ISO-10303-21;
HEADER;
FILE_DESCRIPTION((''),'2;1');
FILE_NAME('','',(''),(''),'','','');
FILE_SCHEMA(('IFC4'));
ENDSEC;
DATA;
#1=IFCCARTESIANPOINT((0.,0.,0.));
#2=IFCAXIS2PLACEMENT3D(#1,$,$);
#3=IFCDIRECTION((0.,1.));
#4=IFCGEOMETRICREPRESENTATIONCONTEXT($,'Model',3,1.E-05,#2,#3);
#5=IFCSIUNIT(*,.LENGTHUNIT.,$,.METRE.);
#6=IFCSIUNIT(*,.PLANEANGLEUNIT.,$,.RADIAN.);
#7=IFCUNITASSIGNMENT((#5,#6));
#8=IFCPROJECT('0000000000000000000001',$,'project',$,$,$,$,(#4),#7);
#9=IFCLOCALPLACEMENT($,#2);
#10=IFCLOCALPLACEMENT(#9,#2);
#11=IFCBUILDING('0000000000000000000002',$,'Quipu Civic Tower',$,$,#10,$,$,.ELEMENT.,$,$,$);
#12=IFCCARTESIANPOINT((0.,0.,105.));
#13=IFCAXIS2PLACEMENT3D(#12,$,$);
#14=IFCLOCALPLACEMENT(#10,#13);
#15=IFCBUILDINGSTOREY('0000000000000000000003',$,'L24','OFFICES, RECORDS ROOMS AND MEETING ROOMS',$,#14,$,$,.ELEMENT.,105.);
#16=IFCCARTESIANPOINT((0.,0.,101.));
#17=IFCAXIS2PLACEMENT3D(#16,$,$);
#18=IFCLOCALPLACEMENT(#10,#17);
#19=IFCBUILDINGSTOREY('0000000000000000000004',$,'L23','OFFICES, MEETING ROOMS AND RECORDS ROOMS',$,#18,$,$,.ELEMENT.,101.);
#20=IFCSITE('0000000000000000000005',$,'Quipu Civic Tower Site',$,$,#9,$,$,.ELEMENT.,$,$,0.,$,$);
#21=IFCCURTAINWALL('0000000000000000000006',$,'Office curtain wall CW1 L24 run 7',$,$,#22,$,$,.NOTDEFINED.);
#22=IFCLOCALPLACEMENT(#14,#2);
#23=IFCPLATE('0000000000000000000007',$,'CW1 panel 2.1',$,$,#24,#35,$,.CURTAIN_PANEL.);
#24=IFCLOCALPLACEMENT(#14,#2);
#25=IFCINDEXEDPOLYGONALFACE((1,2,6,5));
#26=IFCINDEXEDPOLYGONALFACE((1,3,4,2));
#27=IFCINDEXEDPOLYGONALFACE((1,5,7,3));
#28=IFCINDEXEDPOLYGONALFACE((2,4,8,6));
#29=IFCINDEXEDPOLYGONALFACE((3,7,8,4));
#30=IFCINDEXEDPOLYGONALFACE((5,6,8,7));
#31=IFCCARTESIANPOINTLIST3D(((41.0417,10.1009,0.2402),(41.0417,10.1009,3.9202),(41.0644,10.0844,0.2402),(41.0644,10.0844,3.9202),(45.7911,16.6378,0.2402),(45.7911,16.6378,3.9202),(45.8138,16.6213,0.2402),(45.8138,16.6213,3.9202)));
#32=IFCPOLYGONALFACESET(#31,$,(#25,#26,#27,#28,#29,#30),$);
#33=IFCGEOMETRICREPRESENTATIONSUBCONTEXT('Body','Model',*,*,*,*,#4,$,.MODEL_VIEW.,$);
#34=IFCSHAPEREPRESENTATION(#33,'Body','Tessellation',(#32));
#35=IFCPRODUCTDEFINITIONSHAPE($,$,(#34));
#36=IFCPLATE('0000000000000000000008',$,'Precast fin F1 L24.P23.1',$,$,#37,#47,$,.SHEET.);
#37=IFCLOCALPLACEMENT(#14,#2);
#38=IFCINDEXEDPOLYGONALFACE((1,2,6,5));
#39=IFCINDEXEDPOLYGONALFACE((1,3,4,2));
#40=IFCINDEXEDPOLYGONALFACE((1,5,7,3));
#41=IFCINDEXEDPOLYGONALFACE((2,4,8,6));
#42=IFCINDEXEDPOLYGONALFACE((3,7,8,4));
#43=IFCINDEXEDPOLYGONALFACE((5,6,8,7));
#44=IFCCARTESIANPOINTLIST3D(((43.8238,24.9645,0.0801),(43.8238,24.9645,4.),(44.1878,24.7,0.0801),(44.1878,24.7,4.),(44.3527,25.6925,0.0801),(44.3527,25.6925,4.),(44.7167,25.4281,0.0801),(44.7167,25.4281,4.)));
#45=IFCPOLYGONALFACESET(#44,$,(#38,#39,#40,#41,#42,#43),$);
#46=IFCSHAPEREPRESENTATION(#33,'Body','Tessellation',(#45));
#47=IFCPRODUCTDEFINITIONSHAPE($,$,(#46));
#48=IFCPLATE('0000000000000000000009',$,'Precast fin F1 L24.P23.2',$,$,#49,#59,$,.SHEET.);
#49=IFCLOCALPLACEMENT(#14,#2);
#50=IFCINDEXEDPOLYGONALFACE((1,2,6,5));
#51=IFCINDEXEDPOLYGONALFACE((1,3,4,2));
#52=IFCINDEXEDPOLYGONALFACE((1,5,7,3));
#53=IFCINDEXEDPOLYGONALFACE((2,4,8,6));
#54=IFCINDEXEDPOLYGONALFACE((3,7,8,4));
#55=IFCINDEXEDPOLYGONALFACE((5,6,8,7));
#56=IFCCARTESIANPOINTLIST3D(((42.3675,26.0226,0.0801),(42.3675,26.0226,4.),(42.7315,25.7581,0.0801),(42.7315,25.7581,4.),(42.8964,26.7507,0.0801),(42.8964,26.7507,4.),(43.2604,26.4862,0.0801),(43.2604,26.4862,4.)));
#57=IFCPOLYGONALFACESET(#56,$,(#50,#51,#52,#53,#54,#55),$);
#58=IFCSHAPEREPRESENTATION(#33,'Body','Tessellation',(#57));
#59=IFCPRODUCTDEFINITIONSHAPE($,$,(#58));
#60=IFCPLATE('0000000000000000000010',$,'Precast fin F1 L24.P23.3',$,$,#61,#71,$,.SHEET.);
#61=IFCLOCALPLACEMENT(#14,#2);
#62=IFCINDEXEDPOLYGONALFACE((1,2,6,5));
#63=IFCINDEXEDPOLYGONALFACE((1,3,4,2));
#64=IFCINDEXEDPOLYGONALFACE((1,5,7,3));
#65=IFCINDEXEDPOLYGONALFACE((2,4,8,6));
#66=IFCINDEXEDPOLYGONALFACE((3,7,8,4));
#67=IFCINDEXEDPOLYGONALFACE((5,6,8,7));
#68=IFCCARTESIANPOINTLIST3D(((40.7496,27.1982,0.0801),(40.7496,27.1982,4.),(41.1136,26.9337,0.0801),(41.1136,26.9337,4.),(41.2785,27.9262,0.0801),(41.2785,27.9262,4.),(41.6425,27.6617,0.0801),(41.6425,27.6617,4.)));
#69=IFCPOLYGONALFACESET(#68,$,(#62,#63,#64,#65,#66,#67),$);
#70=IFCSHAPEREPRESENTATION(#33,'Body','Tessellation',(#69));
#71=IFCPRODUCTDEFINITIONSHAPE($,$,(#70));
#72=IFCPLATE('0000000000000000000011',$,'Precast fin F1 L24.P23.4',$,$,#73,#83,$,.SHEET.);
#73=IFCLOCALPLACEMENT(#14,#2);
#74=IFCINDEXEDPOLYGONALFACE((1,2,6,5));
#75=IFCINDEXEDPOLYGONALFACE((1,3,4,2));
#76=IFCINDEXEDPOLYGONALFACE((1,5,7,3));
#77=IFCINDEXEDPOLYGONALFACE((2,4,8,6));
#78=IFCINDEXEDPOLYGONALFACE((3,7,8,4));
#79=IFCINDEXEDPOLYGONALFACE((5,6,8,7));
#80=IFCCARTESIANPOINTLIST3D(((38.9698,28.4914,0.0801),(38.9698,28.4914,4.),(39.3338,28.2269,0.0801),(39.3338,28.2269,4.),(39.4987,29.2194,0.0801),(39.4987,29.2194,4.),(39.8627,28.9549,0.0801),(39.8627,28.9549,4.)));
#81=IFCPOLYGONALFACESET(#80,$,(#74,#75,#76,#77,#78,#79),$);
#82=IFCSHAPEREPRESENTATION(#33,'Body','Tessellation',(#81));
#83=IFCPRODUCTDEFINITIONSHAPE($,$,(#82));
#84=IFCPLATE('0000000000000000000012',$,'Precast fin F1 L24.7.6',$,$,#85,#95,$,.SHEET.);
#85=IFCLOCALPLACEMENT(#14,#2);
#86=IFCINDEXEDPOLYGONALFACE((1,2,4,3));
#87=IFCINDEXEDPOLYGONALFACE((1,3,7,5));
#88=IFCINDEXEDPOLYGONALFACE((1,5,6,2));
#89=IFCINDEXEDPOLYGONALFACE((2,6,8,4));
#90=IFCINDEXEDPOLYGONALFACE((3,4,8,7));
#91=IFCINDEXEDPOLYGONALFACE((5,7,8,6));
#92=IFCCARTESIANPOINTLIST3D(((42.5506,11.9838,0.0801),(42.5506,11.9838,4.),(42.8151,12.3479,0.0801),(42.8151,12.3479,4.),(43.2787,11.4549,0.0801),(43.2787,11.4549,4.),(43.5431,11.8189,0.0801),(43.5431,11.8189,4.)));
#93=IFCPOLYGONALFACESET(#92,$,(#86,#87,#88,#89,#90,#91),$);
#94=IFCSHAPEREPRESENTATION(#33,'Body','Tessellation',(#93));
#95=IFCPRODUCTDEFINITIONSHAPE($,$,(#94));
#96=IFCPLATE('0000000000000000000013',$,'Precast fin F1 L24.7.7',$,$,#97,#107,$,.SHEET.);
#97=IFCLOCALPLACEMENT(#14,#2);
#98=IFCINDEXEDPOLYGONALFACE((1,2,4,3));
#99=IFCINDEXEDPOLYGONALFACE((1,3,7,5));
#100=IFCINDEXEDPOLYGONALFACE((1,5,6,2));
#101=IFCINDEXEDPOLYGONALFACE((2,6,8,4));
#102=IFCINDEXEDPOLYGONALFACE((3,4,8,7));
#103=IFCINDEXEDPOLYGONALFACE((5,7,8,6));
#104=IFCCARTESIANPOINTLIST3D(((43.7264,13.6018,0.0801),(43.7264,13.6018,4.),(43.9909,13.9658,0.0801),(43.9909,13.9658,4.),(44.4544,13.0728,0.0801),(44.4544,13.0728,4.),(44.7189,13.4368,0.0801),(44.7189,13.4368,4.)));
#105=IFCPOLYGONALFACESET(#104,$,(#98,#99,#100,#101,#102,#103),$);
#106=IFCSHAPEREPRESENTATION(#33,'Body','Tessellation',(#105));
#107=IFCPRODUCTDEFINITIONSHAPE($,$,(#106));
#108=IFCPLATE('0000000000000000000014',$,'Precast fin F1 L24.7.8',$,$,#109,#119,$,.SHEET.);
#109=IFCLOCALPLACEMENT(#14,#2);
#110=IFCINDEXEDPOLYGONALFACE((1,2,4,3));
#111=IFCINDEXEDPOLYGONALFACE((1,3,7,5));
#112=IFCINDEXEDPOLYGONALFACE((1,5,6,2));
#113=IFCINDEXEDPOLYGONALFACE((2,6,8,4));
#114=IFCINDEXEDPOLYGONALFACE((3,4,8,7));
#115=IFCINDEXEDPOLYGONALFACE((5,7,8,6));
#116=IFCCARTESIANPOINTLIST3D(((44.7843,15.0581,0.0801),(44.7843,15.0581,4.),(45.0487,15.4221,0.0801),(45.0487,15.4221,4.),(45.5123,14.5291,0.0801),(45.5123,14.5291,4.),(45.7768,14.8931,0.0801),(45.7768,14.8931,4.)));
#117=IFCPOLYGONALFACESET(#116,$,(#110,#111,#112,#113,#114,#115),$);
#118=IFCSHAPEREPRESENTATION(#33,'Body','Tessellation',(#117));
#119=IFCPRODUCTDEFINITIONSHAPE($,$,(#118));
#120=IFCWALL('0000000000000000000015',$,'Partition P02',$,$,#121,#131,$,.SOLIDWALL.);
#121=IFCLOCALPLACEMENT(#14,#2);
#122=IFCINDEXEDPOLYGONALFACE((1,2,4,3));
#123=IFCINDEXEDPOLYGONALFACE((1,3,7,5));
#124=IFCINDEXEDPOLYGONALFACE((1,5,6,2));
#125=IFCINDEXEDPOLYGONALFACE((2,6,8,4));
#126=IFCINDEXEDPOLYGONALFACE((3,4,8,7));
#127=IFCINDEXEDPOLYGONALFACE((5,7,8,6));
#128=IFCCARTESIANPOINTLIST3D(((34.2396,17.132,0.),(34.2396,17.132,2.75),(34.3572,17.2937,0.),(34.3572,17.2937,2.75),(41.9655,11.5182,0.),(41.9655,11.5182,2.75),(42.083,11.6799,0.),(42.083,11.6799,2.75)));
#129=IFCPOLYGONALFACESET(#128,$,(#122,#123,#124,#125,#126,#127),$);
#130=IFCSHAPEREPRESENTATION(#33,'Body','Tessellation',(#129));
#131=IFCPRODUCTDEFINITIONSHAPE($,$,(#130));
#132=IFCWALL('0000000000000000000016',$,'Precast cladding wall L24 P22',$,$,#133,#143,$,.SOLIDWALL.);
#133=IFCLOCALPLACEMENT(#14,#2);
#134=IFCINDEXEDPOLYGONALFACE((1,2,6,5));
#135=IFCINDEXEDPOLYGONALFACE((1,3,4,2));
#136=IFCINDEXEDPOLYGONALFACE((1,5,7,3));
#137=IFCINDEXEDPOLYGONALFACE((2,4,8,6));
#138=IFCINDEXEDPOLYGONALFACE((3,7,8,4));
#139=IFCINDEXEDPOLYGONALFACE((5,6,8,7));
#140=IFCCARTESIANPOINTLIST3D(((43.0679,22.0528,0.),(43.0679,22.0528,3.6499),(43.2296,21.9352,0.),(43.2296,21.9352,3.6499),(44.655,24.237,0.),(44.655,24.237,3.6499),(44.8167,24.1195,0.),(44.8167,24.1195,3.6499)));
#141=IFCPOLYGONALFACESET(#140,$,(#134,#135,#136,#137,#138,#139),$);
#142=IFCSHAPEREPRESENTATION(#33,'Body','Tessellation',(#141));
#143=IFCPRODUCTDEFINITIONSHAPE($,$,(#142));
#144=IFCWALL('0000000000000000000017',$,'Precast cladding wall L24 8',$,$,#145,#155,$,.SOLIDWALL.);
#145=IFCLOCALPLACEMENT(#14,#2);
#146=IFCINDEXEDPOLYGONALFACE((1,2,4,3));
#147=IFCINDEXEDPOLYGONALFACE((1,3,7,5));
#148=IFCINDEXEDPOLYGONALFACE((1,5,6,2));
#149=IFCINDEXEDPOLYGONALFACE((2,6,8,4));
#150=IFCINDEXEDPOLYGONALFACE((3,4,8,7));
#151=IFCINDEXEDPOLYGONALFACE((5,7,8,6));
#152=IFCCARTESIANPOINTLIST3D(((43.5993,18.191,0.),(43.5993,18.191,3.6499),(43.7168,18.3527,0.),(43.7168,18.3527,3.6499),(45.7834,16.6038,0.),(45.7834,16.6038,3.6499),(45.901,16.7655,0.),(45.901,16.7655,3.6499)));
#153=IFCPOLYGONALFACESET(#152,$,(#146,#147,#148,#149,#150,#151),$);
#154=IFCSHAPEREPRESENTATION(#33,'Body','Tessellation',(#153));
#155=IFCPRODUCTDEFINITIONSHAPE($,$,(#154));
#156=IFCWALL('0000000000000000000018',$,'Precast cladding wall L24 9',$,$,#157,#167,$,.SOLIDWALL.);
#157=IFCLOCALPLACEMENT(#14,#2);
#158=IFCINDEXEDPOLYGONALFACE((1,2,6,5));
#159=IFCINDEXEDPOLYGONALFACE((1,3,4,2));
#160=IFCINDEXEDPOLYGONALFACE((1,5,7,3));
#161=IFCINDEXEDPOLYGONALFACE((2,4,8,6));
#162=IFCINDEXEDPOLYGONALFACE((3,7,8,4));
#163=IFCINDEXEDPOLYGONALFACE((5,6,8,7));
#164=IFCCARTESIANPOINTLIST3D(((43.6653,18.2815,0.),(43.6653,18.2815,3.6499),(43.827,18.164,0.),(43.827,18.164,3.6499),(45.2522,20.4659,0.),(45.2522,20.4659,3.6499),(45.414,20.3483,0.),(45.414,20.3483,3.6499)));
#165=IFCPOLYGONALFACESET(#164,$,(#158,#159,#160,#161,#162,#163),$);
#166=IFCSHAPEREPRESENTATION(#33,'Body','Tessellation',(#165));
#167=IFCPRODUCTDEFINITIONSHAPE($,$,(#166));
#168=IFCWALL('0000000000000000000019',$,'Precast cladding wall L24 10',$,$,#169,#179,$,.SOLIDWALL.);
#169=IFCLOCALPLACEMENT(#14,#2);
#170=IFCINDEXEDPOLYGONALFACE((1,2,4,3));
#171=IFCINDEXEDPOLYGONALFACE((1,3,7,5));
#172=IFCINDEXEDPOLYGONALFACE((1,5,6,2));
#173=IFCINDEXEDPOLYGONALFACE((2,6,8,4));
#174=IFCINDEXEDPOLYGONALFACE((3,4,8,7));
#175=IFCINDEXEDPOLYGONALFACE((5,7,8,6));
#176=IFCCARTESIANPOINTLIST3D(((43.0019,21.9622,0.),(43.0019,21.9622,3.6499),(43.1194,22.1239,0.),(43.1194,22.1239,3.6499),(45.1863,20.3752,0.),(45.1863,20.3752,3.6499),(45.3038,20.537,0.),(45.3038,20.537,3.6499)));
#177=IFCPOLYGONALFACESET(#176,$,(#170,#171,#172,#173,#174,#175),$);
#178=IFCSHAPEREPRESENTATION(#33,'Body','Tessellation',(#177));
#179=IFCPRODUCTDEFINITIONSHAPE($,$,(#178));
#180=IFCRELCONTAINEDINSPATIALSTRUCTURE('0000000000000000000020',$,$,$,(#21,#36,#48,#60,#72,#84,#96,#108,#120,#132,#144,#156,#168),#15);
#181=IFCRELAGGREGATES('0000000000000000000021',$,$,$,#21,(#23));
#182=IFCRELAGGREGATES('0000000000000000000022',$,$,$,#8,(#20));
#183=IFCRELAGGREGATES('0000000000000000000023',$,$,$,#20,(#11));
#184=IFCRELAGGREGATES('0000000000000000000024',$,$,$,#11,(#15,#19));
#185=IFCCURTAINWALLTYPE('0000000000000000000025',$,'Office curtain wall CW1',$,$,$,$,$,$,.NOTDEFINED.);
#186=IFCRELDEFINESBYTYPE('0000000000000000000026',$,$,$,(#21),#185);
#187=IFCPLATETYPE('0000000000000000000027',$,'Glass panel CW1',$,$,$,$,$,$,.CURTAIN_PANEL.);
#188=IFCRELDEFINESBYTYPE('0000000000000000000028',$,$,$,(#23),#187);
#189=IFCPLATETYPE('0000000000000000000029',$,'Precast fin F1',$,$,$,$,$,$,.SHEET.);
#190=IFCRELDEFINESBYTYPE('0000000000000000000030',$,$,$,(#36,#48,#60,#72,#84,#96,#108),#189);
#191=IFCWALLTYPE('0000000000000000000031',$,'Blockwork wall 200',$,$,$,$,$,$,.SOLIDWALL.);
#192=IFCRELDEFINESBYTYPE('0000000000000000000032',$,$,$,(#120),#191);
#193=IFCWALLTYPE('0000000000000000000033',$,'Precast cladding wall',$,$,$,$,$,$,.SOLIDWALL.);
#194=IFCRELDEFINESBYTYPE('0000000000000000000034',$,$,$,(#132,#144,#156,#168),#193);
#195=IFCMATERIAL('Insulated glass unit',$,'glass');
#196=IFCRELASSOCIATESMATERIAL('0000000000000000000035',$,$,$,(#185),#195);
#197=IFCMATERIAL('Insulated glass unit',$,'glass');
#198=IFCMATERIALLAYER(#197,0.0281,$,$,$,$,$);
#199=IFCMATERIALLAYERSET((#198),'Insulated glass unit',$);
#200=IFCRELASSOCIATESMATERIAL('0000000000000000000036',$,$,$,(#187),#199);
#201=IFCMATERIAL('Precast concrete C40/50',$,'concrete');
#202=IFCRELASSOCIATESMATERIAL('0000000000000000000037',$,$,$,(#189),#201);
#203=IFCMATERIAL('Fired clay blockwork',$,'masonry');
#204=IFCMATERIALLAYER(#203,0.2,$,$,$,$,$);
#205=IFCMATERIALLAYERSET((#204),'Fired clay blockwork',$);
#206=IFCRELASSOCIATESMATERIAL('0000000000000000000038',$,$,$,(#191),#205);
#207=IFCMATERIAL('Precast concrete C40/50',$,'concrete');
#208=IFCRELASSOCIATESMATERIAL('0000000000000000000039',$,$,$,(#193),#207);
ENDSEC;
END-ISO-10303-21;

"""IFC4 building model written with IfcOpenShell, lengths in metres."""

from ifc_helpers import new_model, si_unit, direction, frame, frame_2d, origin, origin_2d, place, context, subcontext, project, spatial, rectangle, extrude, material, layer, layer_set, type_object, element, aggregate, save


model = new_model("IFC4")

# Units and contexts
model_context = context("Model", 3, precision=1e-05, world=origin(), true_north=direction((0.0, 1.0)))
body_context = subcontext(model_context, "Body", "Model", "MODEL_VIEW")
ifc_project = project(units=[si_unit("LENGTHUNIT", "METRE"), si_unit("PLANEANGLEUNIT", "RADIAN")], contexts=[model_context])

# Site, building, storey
site_placement = place(None, origin())
site = spatial("IfcSite", under=ifc_project, at=site_placement, Name="Quipu Civic Tower Site", CompositionType="ELEMENT", RefElevation=0.0)
building_placement = place(site_placement, origin())
building = spatial("IfcBuilding", under=site, at=building_placement, Name="Quipu Civic Tower", CompositionType="ELEMENT")
storey_1_placement = place(building_placement, frame((0.0, 0.0, 105.0)))
storey_1 = spatial("IfcBuildingStorey", under=building, at=storey_1_placement, Name="L24", Description="OFFICES, RECORDS ROOMS AND MEETING ROOMS", CompositionType="ELEMENT", Elevation=105.0)

# Curtain wall
ifc_material_1 = material(Name="Insulated glass unit", Category="glass")
curtain_wall_type = type_object("IfcCurtainWallType", Name="Office curtain wall CW1", PredefinedType="NOTDEFINED", material=ifc_material_1)
curtain_wall_1_placement = place(storey_1_placement, origin())
curtain_wall_1 = element("IfcCurtainWall", 1, at=curtain_wall_1_placement, inside=storey_1, type_object=curtain_wall_type, Name="Office curtain wall CW1 L24 run 7", PredefinedType="NOTDEFINED")

# Shared definitions
storey_2_placement = place(building_placement, frame((0.0, 0.0, 101.0)))
storey_2 = spatial("IfcBuildingStorey", under=building, at=storey_2_placement, Name="L23", Description="OFFICES, MEETING ROOMS AND RECORDS ROOMS", CompositionType="ELEMENT", Elevation=101.0)

# Shared definitions
ifc_material_2 = material(Name="Insulated glass unit", Category="glass")
ifc_layer_1 = layer(ifc_material_2, 0.0281)
ifc_layer_set_1 = layer_set([ifc_layer_1], Name="Insulated glass unit")
plate_type_1 = type_object("IfcPlateType", Name="Glass panel CW1", PredefinedType="CURTAIN_PANEL", material=ifc_layer_set_1)

# Plate
plate_1_placement = place(storey_1_placement, frame((43.4277, 13.3611, 0.2402), z_axis=(0.0, 0.0, 1.0), x_axis=(0.587788, 0.809015, 0.0)))
plate_1 = element("IfcPlate", 2, at=plate_1_placement, type_object=plate_type_1, Name="CW1 panel 2.1", PredefinedType="CURTAIN_PANEL", context=body_context, shape_type="SweptSolid", body=[
    extrude(rectangle(XDim=8.0801, YDim=0.0281, at=origin_2d()), origin(), (0.0, 0.0, 1.0), 3.6799),
])
aggregate(curtain_wall_1, [plate_1])

# Plates
ifc_material_3 = material(Name="Precast concrete C40/50", Category="concrete")
plate_type_2 = type_object("IfcPlateType", Name="Precast fin F1", PredefinedType="SHEET", material=ifc_material_3)
for number, where, z_axis, x_axis, name in (
    (3, (44.2703, 25.1963, 0.0801), (0.0, 0.0, 1.0), (-0.809017, 0.587785, 0.0), "Precast fin F1 L24.P23.1"),
    (4, (42.814, 26.2544, 0.0801), (0.0, 0.0, 1.0), (-0.809017, 0.587785, 0.0), "Precast fin F1 L24.P23.2"),
    (5, (41.196, 27.4299, 0.0801), (0.0, 0.0, 1.0), (-0.809017, 0.587785, 0.0), "Precast fin F1 L24.P23.3"),
    (6, (39.4163, 28.7231, 0.0801), (0.0, 0.0, 1.0), (-0.809017, 0.587785, 0.0), "Precast fin F1 L24.P23.4"),
    (7, (43.0469, 11.9014, 0.0801), (0.0, 0.0, 1.0), (0.587787, 0.809016, 0.0), "Precast fin F1 L24.7.6"),
    (8, (44.2227, 13.5193, 0.0801), (0.0, 0.0, 1.0), (0.587787, 0.809016, 0.0), "Precast fin F1 L24.7.7"),
    (9, (45.2805, 14.9756, 0.0801), (0.0, 0.0, 1.0), (0.587787, 0.809016, 0.0), "Precast fin F1 L24.7.8"),
):
    element("IfcPlate", number, at=place(storey_1_placement, frame(where, z_axis=z_axis, x_axis=x_axis)), inside=storey_1, type_object=plate_type_2, Name=name, PredefinedType="SHEET", context=body_context, shape_type="SweptSolid", body=[
        extrude(rectangle(XDim=0.45, YDim=0.8999, at=origin_2d()), origin(), (0.0, 0.0, 1.0), 3.9199),
    ])

# Walls
ifc_material_4 = material(Name="Fired clay blockwork", Category="masonry")
ifc_layer_2 = layer(ifc_material_4, 0.2)
ifc_layer_set_2 = layer_set([ifc_layer_2], Name="Fired clay blockwork")
wall_type_1 = type_object("IfcWallType", Name="Blockwork wall 200", PredefinedType="SOLIDWALL", material=ifc_layer_set_2)
wall_placement = place(storey_1_placement, frame((42.0242, 11.5991, 0.0), z_axis=(0.0, 0.0, 1.0), x_axis=(-0.808986, 0.587828, 0.0)))
element("IfcWall", 10, at=wall_placement, inside=storey_1, type_object=wall_type_1, Name="Partition P02", PredefinedType="SOLIDWALL", context=body_context, shape_type="SweptSolid", body=[
    extrude(rectangle(XDim=9.55, YDim=0.2, at=frame_2d((4.7749, 0.0))), origin(), (0.0, 0.0, 1.0), 2.75),
])
ifc_material_5 = material(Name="Precast concrete C40/50", Category="concrete")
wall_type_2 = type_object("IfcWallType", Name="Precast cladding wall", PredefinedType="SOLIDWALL", material=ifc_material_5)
for number, where, z_axis, x_axis, name in (
    (11, (43.1487, 21.9939, 0.0), (0.0, 0.0, 1.0), (0.587822, 0.80899, 0.0), "Precast cladding wall L24 P22"),
    (12, (45.8423, 16.6846, 0.0), (0.0, 0.0, 1.0), (-0.808959, 0.587865, 0.0), "Precast cladding wall L24 8"),
    (13, (43.7461, 18.2227, 0.0), (0.0, 0.0, 1.0), (0.587763, 0.809033, 0.0), "Precast cladding wall L24 9"),
    (14, (45.2451, 20.4561, 0.0), (0.0, 0.0, 1.0), (-0.809033, 0.587763, 0.0), "Precast cladding wall L24 10"),
):
    element("IfcWall", number, at=place(storey_1_placement, frame(where, z_axis=z_axis, x_axis=x_axis)), inside=storey_1, type_object=wall_type_2, Name=name, PredefinedType="SOLIDWALL", context=body_context, shape_type="SweptSolid", body=[
        extrude(rectangle(XDim=2.7, YDim=0.2, at=frame_2d((1.3501, 0.0))), origin(), (0.0, 0.0, 1.0), 3.6499),
    ])

save(model, "model.ifc")
